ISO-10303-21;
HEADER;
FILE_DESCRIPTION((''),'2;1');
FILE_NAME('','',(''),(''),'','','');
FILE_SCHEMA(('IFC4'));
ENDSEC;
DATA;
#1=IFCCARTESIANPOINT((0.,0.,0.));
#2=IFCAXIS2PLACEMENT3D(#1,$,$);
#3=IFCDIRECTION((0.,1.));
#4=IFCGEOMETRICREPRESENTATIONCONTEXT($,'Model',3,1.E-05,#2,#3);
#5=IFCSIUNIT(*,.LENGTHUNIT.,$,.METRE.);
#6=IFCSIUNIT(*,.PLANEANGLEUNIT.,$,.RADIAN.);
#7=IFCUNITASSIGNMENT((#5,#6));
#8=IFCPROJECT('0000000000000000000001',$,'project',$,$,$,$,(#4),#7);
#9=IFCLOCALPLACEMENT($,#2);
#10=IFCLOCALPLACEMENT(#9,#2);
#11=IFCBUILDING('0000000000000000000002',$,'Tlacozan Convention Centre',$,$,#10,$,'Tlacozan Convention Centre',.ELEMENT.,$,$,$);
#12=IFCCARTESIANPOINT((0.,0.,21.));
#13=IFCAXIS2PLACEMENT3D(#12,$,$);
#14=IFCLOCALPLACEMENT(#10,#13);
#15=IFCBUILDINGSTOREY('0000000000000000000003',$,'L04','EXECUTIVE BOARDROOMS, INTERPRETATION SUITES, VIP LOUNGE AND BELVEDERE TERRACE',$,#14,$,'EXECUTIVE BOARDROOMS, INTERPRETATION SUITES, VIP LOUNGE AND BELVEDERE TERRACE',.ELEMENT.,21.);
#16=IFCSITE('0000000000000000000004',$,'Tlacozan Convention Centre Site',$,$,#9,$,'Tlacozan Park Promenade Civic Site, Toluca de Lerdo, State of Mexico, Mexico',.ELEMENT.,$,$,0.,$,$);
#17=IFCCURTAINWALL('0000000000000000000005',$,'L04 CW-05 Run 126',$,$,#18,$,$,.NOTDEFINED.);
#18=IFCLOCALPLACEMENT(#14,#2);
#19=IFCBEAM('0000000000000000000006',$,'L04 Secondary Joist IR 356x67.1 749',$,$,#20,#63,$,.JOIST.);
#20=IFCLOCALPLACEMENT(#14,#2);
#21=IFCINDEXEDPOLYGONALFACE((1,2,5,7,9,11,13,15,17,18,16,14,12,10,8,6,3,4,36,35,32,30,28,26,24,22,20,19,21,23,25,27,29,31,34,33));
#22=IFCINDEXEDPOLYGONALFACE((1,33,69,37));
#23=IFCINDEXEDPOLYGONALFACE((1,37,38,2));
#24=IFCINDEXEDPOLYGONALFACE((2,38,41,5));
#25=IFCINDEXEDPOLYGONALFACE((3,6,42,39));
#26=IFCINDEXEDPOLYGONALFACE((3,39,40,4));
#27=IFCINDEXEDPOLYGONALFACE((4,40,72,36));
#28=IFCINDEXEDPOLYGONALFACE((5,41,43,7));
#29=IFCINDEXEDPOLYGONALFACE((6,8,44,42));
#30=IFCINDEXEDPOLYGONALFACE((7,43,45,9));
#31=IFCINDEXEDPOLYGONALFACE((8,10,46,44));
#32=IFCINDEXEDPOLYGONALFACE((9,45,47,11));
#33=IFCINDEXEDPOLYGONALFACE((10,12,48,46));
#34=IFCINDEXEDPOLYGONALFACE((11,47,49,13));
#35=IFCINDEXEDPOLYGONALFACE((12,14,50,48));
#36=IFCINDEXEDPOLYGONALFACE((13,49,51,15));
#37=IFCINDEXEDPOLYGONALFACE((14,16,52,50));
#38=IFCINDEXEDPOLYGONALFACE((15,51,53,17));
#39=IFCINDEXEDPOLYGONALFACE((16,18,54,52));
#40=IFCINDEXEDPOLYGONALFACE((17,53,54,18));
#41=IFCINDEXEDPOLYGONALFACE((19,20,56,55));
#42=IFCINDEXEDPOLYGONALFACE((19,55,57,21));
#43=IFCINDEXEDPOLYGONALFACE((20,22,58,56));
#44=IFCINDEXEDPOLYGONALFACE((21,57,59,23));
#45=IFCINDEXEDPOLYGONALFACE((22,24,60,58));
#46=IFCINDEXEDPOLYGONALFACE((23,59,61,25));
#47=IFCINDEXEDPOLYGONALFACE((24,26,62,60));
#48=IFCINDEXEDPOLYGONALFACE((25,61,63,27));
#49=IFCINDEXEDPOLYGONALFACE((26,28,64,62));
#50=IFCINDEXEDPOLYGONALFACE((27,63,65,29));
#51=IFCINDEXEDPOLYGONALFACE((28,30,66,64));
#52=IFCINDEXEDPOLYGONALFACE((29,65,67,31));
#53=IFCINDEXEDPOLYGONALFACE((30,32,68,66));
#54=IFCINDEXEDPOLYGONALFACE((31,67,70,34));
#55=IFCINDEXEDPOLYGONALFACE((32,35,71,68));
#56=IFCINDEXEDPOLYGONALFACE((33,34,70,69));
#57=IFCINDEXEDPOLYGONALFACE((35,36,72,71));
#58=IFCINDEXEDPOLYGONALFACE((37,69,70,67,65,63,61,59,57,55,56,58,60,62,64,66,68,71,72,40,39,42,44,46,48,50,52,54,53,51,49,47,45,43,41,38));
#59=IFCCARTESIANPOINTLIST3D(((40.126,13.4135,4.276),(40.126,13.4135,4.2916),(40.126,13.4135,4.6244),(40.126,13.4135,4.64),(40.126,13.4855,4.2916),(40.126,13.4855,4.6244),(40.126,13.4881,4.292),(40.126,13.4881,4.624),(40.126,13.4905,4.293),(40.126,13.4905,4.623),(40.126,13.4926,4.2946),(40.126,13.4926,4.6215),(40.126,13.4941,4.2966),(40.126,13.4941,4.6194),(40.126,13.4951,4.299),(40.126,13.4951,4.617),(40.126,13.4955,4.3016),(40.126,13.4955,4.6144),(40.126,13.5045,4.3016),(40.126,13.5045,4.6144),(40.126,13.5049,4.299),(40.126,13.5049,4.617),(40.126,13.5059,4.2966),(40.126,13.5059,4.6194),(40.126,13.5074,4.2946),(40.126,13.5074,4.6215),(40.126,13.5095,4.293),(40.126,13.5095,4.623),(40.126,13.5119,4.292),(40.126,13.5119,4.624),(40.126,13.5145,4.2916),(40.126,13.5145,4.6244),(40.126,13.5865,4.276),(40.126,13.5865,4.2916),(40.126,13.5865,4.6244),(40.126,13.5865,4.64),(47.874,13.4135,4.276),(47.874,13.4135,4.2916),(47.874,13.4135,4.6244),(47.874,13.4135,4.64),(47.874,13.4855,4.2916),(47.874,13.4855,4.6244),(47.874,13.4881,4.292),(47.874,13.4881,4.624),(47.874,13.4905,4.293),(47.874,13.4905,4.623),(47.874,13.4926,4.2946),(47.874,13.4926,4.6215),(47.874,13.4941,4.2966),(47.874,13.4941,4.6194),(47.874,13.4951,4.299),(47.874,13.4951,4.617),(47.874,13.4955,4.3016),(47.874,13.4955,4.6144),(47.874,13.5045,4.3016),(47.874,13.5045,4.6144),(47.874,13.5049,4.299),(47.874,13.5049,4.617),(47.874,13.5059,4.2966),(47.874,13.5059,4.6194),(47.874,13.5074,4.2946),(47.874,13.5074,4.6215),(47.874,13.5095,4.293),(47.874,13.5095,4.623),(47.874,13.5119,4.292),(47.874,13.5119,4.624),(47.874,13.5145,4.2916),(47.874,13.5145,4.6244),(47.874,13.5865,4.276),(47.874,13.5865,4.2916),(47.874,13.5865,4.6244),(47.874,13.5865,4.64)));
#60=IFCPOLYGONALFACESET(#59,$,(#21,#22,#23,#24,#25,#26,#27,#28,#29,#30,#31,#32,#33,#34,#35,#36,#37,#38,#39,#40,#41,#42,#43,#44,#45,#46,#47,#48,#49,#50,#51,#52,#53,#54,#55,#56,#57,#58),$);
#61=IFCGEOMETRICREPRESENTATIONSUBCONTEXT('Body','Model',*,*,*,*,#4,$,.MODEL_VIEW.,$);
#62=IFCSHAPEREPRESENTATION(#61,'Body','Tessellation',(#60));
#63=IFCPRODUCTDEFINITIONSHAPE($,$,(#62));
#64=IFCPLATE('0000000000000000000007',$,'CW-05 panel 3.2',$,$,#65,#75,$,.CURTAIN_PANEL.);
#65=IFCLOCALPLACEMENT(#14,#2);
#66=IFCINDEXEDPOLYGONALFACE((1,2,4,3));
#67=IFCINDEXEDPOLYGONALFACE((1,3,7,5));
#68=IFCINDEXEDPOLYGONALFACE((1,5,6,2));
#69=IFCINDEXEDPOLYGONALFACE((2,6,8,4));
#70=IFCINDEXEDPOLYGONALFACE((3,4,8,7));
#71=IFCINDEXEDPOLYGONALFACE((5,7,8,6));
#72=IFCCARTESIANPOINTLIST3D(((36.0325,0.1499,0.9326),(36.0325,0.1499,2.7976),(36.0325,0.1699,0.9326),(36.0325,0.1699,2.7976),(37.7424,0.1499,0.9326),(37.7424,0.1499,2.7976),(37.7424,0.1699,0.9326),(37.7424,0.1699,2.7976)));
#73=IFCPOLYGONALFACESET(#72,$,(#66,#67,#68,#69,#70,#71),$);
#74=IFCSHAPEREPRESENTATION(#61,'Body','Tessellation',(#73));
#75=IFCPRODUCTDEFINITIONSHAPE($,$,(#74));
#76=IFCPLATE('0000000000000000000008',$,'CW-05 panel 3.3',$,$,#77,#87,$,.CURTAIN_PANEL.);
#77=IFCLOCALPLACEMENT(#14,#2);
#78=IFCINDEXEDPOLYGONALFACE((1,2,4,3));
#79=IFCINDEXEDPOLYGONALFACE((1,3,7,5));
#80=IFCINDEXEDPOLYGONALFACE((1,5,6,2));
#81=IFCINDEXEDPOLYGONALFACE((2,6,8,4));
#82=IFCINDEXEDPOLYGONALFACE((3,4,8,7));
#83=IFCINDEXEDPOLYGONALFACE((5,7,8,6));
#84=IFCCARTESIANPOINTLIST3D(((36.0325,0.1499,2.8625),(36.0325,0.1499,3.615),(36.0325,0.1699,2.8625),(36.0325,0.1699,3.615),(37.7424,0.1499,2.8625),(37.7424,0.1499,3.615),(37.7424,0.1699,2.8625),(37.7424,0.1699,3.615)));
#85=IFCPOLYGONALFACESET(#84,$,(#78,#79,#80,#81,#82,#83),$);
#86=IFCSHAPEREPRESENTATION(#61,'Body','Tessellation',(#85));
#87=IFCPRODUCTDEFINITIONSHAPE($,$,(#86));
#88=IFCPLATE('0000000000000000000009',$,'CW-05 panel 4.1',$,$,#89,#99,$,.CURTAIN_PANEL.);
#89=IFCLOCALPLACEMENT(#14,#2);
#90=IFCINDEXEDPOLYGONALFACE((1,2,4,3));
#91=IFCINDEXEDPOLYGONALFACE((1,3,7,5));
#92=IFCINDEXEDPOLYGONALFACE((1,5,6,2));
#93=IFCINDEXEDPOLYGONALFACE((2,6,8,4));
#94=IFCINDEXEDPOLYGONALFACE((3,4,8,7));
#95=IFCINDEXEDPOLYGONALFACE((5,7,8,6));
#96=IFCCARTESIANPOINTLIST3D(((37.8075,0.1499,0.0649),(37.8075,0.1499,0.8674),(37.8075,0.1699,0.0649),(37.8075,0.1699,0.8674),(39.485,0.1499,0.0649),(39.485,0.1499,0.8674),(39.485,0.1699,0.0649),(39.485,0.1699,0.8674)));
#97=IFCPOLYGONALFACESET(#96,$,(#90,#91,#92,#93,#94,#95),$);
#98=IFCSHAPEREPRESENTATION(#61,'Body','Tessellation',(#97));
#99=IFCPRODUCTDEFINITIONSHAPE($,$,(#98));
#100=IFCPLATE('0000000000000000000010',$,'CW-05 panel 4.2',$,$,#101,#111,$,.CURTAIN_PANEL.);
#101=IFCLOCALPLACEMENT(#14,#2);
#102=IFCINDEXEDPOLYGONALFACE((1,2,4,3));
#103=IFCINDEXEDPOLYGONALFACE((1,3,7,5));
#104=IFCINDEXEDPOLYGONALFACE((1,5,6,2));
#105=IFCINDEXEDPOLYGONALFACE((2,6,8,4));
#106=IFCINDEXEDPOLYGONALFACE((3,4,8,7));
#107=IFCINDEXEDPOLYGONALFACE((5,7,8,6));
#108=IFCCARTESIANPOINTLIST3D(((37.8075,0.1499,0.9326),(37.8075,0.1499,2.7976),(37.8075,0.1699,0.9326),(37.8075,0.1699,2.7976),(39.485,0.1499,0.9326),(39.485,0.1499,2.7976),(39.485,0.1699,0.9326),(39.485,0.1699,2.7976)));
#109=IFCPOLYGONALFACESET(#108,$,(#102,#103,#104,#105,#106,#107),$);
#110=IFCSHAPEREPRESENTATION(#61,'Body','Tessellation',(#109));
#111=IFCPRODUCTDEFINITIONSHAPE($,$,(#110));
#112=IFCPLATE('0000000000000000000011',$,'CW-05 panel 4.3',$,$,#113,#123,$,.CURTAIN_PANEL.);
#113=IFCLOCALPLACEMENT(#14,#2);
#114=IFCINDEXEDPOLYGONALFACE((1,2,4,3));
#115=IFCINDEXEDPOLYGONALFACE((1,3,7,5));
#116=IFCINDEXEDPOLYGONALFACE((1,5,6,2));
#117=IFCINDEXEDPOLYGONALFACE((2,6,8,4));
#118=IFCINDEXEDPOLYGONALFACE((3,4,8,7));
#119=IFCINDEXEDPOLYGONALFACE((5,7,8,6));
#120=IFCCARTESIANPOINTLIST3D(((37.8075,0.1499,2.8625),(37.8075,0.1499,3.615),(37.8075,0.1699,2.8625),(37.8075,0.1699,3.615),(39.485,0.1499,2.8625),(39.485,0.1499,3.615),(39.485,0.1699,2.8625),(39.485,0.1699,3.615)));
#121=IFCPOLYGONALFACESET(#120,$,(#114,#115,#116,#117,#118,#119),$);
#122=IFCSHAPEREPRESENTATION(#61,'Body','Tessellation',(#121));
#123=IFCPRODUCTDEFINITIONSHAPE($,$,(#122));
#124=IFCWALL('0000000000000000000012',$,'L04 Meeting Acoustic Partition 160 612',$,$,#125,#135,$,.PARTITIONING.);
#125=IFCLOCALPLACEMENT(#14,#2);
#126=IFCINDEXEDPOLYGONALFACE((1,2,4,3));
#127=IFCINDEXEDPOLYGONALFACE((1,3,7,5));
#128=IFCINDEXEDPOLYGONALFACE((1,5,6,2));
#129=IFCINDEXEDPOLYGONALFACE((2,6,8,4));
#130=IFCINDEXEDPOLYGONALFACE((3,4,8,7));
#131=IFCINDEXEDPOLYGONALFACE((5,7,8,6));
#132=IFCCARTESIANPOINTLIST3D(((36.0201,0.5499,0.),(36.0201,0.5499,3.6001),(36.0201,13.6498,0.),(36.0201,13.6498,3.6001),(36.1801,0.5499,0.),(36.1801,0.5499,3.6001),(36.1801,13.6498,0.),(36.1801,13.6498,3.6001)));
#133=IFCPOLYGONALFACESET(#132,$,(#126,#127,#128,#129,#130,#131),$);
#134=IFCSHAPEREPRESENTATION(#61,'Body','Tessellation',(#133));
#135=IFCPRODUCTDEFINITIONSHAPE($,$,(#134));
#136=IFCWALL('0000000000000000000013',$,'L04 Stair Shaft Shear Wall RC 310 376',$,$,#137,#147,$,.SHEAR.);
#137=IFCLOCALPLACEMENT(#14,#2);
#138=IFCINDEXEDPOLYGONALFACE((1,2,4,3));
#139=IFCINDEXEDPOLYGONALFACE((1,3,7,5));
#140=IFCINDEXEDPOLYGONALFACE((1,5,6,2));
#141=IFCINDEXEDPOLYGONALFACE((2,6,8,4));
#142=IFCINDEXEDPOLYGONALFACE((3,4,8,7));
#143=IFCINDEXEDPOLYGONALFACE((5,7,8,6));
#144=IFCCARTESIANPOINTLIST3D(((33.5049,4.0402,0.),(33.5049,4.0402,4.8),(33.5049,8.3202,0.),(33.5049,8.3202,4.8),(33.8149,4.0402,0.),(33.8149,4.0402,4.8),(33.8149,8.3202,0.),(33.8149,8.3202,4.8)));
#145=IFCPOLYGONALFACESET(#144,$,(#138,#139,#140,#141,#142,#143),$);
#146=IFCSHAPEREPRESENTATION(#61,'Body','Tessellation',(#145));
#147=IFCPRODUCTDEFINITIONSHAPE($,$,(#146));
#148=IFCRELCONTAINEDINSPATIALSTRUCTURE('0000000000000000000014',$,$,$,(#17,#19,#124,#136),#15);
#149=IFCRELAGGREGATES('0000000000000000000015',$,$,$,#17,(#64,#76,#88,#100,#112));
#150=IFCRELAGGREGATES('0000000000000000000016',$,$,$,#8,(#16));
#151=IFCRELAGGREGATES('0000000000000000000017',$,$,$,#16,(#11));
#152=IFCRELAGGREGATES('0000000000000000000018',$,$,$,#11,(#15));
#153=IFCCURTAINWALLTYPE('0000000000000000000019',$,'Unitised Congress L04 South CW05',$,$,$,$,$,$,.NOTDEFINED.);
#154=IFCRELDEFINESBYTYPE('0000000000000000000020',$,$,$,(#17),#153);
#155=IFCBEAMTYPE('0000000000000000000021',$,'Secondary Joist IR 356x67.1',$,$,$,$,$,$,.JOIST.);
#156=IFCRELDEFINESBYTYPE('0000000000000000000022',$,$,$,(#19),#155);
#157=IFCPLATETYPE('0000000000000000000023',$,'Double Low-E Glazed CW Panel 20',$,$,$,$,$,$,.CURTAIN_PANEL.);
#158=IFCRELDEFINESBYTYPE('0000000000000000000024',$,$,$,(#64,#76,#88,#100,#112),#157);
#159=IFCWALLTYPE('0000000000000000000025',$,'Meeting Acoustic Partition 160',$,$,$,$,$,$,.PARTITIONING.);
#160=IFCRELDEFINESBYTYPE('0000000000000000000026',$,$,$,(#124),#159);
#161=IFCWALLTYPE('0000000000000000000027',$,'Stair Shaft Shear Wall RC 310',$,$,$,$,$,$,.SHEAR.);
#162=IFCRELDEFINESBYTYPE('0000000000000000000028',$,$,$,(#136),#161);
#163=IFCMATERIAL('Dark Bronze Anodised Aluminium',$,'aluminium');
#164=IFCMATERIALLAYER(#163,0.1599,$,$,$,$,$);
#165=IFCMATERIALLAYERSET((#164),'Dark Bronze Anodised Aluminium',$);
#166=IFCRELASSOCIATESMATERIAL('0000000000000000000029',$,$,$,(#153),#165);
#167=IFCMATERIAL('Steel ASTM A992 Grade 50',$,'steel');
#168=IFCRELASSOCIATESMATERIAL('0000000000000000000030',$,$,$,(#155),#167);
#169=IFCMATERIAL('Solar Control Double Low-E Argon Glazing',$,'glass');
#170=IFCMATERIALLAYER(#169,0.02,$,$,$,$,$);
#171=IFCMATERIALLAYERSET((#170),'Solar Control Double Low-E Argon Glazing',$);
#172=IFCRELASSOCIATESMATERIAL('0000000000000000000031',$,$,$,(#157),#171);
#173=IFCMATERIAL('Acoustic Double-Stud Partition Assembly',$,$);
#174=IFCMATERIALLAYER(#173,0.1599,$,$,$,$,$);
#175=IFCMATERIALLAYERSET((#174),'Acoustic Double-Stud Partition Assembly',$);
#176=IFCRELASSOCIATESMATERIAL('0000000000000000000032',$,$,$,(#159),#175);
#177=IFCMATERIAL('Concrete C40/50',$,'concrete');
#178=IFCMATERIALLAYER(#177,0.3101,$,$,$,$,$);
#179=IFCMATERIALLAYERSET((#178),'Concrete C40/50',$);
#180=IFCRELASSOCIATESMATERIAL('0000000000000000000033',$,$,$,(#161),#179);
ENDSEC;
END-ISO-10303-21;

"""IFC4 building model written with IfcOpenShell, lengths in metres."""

from ifc_helpers import new_model, si_unit, direction, frame, frame_2d, origin, origin_2d, place, context, subcontext, project, spatial, rectangle, i_section, extrude, material, layer, layer_set, material_profile, profile_set, type_object, element, aggregate, save


model = new_model("IFC4")

# Units and contexts
model_context = context("Model", 3, precision=1e-05, world=origin(), true_north=direction((0.0, 1.0)))
body_context = subcontext(model_context, "Body", "Model", "MODEL_VIEW")
ifc_project = project(units=[si_unit("LENGTHUNIT", "METRE"), si_unit("PLANEANGLEUNIT", "RADIAN")], contexts=[model_context])

# Site, building, storey
site_placement = place(None, origin())
site = spatial("IfcSite", under=ifc_project, at=site_placement, Name="Tlacozan Convention Centre Site", LongName="Tlacozan Park Promenade Civic Site, Toluca de Lerdo, State of Mexico, Mexico", CompositionType="ELEMENT", RefElevation=0.0)
building_placement = place(site_placement, origin())
building = spatial("IfcBuilding", under=site, at=building_placement, Name="Tlacozan Convention Centre", LongName="Tlacozan Convention Centre", CompositionType="ELEMENT")
storey_placement = place(building_placement, frame((0.0, 0.0, 21.0)))
storey = spatial("IfcBuildingStorey", under=building, at=storey_placement, Name="L04", Description="EXECUTIVE BOARDROOMS, INTERPRETATION SUITES, VIP LOUNGE AND BELVEDERE TERRACE", LongName="EXECUTIVE BOARDROOMS, INTERPRETATION SUITES, VIP LOUNGE AND BELVEDERE TERRACE", CompositionType="ELEMENT", Elevation=21.0)

# Shared definitions
ifc_material_1 = material(Name="Concrete C40/50", Category="concrete")

# Curtain wall
ifc_material_2 = material(Name="Dark Bronze Anodised Aluminium", Category="aluminium")
ifc_layer_1 = layer(ifc_material_2, 0.1599)
ifc_layer_set_1 = layer_set([ifc_layer_1], Name="Dark Bronze Anodised Aluminium")
curtain_wall_type = type_object("IfcCurtainWallType", Name="Unitised Congress L04 South CW05", PredefinedType="NOTDEFINED", material=ifc_layer_set_1)
curtain_wall_1_placement = place(storey_placement, origin())
curtain_wall_1 = element("IfcCurtainWall", 1, at=curtain_wall_1_placement, inside=storey, type_object=curtain_wall_type, Name="L04 CW-05 Run 126", PredefinedType="NOTDEFINED")

# Beam
ifc_material_3 = material(Name="Steel ASTM A992 Grade 50", Category="steel")
ifc_material_profile_1 = material_profile(ifc_material_3, i_section(OverallWidth=0.1731, OverallDepth=0.364, WebThickness=0.009, FlangeThickness=0.0156, FilletRadius=0.01, at=origin_2d()), Name="IR 356x67.1")
ifc_profile_set_1 = profile_set([ifc_material_profile_1], Name="Steel ASTM A992 Grade 50")
beam_type_1 = type_object("IfcBeamType", Name="Secondary Joist IR 356x67.1", PredefinedType="JOIST", material=ifc_profile_set_1)
for number, where, z_axis, x_axis, name in (
    (2, (40.126, 13.5, 4.458), (1.0, 0.0, 0.0), (0.0, 1.0, 0.0), "L04 Secondary Joist IR 356x67.1 749"),
):
    element("IfcBeam", number, at=place(storey_placement, frame(where, z_axis=z_axis, x_axis=x_axis)), inside=storey, type_object=beam_type_1, Name=name, PredefinedType="JOIST", context=body_context, shape_type="SweptSolid", body=[
        extrude(i_section(OverallWidth=0.1731, OverallDepth=0.364, WebThickness=0.009, FlangeThickness=0.0156, FilletRadius=0.01, at=origin_2d()), origin(), (0.0, 0.0, 1.0), 7.748),
    ])

# Plates
ifc_material_4 = material(Name="Solar Control Double Low-E Argon Glazing", Category="glass")
ifc_layer_2 = layer(ifc_material_4, 0.02)
ifc_layer_set_2 = layer_set([ifc_layer_2], Name="Solar Control Double Low-E Argon Glazing")
plate_type = type_object("IfcPlateType", Name="Double Low-E Glazed CW Panel 20", PredefinedType="CURTAIN_PANEL", material=ifc_layer_set_2)
plate_1_placement = place(storey_placement, frame((36.8875, 0.1599, 0.9326), z_axis=(0.0, 0.0, 1.0), x_axis=(1.0, 0.0, 0.0)))
plate_1 = element("IfcPlate", 3, at=plate_1_placement, type_object=plate_type, Name="CW-05 panel 3.2", PredefinedType="CURTAIN_PANEL", context=body_context, shape_type="SweptSolid", body=[
    extrude(rectangle(XDim=1.71, YDim=0.02, at=origin_2d()), origin(), (0.0, 0.0, 1.0), 1.865),
])
plate_2_placement = place(storey_placement, frame((36.8875, 0.1599, 2.8625), z_axis=(0.0, 0.0, 1.0), x_axis=(1.0, 0.0, 0.0)))
plate_2 = element("IfcPlate", 4, at=plate_2_placement, type_object=plate_type, Name="CW-05 panel 3.3", PredefinedType="CURTAIN_PANEL", context=body_context, shape_type="SweptSolid", body=[
    extrude(rectangle(XDim=1.71, YDim=0.02, at=origin_2d()), origin(), (0.0, 0.0, 1.0), 0.7524),
])
plate_3_placement = place(storey_placement, frame((38.6462, 0.1599, 0.0649), z_axis=(0.0, 0.0, 1.0), x_axis=(1.0, 0.0, 0.0)))
plate_3 = element("IfcPlate", 5, at=plate_3_placement, type_object=plate_type, Name="CW-05 panel 4.1", PredefinedType="CURTAIN_PANEL", context=body_context, shape_type="SweptSolid", body=[
    extrude(rectangle(XDim=1.6775, YDim=0.02, at=origin_2d()), origin(), (0.0, 0.0, 1.0), 0.8025),
])
plate_4_placement = place(storey_placement, frame((38.6462, 0.1599, 0.9326), z_axis=(0.0, 0.0, 1.0), x_axis=(1.0, 0.0, 0.0)))
plate_4 = element("IfcPlate", 6, at=plate_4_placement, type_object=plate_type, Name="CW-05 panel 4.2", PredefinedType="CURTAIN_PANEL", context=body_context, shape_type="SweptSolid", body=[
    extrude(rectangle(XDim=1.6775, YDim=0.02, at=origin_2d()), origin(), (0.0, 0.0, 1.0), 1.865),
])
plate_5_placement = place(storey_placement, frame((38.6462, 0.1599, 2.8625), z_axis=(0.0, 0.0, 1.0), x_axis=(1.0, 0.0, 0.0)))
plate_5 = element("IfcPlate", 7, at=plate_5_placement, type_object=plate_type, Name="CW-05 panel 4.3", PredefinedType="CURTAIN_PANEL", context=body_context, shape_type="SweptSolid", body=[
    extrude(rectangle(XDim=1.6775, YDim=0.02, at=origin_2d()), origin(), (0.0, 0.0, 1.0), 0.7524),
])
aggregate(curtain_wall_1, [plate_1, plate_2, plate_3, plate_4, plate_5])

# Walls
ifc_material_5 = material(Name="Acoustic Double-Stud Partition Assembly")
ifc_layer_3 = layer(ifc_material_5, 0.1599)
ifc_layer_set_3 = layer_set([ifc_layer_3], Name="Acoustic Double-Stud Partition Assembly")
wall_type_1 = type_object("IfcWallType", Name="Meeting Acoustic Partition 160", PredefinedType="PARTITIONING", material=ifc_layer_set_3)
wall_1_placement = place(storey_placement, frame((36.1001, 0.55, 0.0), z_axis=(0.0, 0.0, 1.0), x_axis=(0.0, 1.0, 0.0)))
element("IfcWall", 8, at=wall_1_placement, inside=storey, type_object=wall_type_1, Name="L04 Meeting Acoustic Partition 160 612", PredefinedType="PARTITIONING", context=body_context, shape_type="SweptSolid", body=[
    extrude(rectangle(XDim=13.0999, YDim=0.1599, at=frame_2d((6.5498, 0.0))), origin(), (0.0, 0.0, 1.0), 3.6001),
])
ifc_layer_4 = layer(ifc_material_1, 0.3101)
ifc_layer_set_4 = layer_set([ifc_layer_4], Name="Concrete C40/50")
wall_type_2 = type_object("IfcWallType", Name="Stair Shaft Shear Wall RC 310", PredefinedType="SHEAR", material=ifc_layer_set_4)
wall_2_placement = place(storey_placement, frame((33.6599, 4.04, 0.0), z_axis=(0.0, 0.0, 1.0), x_axis=(0.0, 1.0, 0.0)))
element("IfcWall", 9, at=wall_2_placement, inside=storey, type_object=wall_type_2, Name="L04 Stair Shaft Shear Wall RC 310 376", PredefinedType="SHEAR", context=body_context, shape_type="SweptSolid", body=[
    extrude(rectangle(XDim=4.28, YDim=0.3101, at=frame_2d((2.1401, 0.0))), origin(), (0.0, 0.0, 1.0), 4.8),
])

save(model, "model.ifc")
